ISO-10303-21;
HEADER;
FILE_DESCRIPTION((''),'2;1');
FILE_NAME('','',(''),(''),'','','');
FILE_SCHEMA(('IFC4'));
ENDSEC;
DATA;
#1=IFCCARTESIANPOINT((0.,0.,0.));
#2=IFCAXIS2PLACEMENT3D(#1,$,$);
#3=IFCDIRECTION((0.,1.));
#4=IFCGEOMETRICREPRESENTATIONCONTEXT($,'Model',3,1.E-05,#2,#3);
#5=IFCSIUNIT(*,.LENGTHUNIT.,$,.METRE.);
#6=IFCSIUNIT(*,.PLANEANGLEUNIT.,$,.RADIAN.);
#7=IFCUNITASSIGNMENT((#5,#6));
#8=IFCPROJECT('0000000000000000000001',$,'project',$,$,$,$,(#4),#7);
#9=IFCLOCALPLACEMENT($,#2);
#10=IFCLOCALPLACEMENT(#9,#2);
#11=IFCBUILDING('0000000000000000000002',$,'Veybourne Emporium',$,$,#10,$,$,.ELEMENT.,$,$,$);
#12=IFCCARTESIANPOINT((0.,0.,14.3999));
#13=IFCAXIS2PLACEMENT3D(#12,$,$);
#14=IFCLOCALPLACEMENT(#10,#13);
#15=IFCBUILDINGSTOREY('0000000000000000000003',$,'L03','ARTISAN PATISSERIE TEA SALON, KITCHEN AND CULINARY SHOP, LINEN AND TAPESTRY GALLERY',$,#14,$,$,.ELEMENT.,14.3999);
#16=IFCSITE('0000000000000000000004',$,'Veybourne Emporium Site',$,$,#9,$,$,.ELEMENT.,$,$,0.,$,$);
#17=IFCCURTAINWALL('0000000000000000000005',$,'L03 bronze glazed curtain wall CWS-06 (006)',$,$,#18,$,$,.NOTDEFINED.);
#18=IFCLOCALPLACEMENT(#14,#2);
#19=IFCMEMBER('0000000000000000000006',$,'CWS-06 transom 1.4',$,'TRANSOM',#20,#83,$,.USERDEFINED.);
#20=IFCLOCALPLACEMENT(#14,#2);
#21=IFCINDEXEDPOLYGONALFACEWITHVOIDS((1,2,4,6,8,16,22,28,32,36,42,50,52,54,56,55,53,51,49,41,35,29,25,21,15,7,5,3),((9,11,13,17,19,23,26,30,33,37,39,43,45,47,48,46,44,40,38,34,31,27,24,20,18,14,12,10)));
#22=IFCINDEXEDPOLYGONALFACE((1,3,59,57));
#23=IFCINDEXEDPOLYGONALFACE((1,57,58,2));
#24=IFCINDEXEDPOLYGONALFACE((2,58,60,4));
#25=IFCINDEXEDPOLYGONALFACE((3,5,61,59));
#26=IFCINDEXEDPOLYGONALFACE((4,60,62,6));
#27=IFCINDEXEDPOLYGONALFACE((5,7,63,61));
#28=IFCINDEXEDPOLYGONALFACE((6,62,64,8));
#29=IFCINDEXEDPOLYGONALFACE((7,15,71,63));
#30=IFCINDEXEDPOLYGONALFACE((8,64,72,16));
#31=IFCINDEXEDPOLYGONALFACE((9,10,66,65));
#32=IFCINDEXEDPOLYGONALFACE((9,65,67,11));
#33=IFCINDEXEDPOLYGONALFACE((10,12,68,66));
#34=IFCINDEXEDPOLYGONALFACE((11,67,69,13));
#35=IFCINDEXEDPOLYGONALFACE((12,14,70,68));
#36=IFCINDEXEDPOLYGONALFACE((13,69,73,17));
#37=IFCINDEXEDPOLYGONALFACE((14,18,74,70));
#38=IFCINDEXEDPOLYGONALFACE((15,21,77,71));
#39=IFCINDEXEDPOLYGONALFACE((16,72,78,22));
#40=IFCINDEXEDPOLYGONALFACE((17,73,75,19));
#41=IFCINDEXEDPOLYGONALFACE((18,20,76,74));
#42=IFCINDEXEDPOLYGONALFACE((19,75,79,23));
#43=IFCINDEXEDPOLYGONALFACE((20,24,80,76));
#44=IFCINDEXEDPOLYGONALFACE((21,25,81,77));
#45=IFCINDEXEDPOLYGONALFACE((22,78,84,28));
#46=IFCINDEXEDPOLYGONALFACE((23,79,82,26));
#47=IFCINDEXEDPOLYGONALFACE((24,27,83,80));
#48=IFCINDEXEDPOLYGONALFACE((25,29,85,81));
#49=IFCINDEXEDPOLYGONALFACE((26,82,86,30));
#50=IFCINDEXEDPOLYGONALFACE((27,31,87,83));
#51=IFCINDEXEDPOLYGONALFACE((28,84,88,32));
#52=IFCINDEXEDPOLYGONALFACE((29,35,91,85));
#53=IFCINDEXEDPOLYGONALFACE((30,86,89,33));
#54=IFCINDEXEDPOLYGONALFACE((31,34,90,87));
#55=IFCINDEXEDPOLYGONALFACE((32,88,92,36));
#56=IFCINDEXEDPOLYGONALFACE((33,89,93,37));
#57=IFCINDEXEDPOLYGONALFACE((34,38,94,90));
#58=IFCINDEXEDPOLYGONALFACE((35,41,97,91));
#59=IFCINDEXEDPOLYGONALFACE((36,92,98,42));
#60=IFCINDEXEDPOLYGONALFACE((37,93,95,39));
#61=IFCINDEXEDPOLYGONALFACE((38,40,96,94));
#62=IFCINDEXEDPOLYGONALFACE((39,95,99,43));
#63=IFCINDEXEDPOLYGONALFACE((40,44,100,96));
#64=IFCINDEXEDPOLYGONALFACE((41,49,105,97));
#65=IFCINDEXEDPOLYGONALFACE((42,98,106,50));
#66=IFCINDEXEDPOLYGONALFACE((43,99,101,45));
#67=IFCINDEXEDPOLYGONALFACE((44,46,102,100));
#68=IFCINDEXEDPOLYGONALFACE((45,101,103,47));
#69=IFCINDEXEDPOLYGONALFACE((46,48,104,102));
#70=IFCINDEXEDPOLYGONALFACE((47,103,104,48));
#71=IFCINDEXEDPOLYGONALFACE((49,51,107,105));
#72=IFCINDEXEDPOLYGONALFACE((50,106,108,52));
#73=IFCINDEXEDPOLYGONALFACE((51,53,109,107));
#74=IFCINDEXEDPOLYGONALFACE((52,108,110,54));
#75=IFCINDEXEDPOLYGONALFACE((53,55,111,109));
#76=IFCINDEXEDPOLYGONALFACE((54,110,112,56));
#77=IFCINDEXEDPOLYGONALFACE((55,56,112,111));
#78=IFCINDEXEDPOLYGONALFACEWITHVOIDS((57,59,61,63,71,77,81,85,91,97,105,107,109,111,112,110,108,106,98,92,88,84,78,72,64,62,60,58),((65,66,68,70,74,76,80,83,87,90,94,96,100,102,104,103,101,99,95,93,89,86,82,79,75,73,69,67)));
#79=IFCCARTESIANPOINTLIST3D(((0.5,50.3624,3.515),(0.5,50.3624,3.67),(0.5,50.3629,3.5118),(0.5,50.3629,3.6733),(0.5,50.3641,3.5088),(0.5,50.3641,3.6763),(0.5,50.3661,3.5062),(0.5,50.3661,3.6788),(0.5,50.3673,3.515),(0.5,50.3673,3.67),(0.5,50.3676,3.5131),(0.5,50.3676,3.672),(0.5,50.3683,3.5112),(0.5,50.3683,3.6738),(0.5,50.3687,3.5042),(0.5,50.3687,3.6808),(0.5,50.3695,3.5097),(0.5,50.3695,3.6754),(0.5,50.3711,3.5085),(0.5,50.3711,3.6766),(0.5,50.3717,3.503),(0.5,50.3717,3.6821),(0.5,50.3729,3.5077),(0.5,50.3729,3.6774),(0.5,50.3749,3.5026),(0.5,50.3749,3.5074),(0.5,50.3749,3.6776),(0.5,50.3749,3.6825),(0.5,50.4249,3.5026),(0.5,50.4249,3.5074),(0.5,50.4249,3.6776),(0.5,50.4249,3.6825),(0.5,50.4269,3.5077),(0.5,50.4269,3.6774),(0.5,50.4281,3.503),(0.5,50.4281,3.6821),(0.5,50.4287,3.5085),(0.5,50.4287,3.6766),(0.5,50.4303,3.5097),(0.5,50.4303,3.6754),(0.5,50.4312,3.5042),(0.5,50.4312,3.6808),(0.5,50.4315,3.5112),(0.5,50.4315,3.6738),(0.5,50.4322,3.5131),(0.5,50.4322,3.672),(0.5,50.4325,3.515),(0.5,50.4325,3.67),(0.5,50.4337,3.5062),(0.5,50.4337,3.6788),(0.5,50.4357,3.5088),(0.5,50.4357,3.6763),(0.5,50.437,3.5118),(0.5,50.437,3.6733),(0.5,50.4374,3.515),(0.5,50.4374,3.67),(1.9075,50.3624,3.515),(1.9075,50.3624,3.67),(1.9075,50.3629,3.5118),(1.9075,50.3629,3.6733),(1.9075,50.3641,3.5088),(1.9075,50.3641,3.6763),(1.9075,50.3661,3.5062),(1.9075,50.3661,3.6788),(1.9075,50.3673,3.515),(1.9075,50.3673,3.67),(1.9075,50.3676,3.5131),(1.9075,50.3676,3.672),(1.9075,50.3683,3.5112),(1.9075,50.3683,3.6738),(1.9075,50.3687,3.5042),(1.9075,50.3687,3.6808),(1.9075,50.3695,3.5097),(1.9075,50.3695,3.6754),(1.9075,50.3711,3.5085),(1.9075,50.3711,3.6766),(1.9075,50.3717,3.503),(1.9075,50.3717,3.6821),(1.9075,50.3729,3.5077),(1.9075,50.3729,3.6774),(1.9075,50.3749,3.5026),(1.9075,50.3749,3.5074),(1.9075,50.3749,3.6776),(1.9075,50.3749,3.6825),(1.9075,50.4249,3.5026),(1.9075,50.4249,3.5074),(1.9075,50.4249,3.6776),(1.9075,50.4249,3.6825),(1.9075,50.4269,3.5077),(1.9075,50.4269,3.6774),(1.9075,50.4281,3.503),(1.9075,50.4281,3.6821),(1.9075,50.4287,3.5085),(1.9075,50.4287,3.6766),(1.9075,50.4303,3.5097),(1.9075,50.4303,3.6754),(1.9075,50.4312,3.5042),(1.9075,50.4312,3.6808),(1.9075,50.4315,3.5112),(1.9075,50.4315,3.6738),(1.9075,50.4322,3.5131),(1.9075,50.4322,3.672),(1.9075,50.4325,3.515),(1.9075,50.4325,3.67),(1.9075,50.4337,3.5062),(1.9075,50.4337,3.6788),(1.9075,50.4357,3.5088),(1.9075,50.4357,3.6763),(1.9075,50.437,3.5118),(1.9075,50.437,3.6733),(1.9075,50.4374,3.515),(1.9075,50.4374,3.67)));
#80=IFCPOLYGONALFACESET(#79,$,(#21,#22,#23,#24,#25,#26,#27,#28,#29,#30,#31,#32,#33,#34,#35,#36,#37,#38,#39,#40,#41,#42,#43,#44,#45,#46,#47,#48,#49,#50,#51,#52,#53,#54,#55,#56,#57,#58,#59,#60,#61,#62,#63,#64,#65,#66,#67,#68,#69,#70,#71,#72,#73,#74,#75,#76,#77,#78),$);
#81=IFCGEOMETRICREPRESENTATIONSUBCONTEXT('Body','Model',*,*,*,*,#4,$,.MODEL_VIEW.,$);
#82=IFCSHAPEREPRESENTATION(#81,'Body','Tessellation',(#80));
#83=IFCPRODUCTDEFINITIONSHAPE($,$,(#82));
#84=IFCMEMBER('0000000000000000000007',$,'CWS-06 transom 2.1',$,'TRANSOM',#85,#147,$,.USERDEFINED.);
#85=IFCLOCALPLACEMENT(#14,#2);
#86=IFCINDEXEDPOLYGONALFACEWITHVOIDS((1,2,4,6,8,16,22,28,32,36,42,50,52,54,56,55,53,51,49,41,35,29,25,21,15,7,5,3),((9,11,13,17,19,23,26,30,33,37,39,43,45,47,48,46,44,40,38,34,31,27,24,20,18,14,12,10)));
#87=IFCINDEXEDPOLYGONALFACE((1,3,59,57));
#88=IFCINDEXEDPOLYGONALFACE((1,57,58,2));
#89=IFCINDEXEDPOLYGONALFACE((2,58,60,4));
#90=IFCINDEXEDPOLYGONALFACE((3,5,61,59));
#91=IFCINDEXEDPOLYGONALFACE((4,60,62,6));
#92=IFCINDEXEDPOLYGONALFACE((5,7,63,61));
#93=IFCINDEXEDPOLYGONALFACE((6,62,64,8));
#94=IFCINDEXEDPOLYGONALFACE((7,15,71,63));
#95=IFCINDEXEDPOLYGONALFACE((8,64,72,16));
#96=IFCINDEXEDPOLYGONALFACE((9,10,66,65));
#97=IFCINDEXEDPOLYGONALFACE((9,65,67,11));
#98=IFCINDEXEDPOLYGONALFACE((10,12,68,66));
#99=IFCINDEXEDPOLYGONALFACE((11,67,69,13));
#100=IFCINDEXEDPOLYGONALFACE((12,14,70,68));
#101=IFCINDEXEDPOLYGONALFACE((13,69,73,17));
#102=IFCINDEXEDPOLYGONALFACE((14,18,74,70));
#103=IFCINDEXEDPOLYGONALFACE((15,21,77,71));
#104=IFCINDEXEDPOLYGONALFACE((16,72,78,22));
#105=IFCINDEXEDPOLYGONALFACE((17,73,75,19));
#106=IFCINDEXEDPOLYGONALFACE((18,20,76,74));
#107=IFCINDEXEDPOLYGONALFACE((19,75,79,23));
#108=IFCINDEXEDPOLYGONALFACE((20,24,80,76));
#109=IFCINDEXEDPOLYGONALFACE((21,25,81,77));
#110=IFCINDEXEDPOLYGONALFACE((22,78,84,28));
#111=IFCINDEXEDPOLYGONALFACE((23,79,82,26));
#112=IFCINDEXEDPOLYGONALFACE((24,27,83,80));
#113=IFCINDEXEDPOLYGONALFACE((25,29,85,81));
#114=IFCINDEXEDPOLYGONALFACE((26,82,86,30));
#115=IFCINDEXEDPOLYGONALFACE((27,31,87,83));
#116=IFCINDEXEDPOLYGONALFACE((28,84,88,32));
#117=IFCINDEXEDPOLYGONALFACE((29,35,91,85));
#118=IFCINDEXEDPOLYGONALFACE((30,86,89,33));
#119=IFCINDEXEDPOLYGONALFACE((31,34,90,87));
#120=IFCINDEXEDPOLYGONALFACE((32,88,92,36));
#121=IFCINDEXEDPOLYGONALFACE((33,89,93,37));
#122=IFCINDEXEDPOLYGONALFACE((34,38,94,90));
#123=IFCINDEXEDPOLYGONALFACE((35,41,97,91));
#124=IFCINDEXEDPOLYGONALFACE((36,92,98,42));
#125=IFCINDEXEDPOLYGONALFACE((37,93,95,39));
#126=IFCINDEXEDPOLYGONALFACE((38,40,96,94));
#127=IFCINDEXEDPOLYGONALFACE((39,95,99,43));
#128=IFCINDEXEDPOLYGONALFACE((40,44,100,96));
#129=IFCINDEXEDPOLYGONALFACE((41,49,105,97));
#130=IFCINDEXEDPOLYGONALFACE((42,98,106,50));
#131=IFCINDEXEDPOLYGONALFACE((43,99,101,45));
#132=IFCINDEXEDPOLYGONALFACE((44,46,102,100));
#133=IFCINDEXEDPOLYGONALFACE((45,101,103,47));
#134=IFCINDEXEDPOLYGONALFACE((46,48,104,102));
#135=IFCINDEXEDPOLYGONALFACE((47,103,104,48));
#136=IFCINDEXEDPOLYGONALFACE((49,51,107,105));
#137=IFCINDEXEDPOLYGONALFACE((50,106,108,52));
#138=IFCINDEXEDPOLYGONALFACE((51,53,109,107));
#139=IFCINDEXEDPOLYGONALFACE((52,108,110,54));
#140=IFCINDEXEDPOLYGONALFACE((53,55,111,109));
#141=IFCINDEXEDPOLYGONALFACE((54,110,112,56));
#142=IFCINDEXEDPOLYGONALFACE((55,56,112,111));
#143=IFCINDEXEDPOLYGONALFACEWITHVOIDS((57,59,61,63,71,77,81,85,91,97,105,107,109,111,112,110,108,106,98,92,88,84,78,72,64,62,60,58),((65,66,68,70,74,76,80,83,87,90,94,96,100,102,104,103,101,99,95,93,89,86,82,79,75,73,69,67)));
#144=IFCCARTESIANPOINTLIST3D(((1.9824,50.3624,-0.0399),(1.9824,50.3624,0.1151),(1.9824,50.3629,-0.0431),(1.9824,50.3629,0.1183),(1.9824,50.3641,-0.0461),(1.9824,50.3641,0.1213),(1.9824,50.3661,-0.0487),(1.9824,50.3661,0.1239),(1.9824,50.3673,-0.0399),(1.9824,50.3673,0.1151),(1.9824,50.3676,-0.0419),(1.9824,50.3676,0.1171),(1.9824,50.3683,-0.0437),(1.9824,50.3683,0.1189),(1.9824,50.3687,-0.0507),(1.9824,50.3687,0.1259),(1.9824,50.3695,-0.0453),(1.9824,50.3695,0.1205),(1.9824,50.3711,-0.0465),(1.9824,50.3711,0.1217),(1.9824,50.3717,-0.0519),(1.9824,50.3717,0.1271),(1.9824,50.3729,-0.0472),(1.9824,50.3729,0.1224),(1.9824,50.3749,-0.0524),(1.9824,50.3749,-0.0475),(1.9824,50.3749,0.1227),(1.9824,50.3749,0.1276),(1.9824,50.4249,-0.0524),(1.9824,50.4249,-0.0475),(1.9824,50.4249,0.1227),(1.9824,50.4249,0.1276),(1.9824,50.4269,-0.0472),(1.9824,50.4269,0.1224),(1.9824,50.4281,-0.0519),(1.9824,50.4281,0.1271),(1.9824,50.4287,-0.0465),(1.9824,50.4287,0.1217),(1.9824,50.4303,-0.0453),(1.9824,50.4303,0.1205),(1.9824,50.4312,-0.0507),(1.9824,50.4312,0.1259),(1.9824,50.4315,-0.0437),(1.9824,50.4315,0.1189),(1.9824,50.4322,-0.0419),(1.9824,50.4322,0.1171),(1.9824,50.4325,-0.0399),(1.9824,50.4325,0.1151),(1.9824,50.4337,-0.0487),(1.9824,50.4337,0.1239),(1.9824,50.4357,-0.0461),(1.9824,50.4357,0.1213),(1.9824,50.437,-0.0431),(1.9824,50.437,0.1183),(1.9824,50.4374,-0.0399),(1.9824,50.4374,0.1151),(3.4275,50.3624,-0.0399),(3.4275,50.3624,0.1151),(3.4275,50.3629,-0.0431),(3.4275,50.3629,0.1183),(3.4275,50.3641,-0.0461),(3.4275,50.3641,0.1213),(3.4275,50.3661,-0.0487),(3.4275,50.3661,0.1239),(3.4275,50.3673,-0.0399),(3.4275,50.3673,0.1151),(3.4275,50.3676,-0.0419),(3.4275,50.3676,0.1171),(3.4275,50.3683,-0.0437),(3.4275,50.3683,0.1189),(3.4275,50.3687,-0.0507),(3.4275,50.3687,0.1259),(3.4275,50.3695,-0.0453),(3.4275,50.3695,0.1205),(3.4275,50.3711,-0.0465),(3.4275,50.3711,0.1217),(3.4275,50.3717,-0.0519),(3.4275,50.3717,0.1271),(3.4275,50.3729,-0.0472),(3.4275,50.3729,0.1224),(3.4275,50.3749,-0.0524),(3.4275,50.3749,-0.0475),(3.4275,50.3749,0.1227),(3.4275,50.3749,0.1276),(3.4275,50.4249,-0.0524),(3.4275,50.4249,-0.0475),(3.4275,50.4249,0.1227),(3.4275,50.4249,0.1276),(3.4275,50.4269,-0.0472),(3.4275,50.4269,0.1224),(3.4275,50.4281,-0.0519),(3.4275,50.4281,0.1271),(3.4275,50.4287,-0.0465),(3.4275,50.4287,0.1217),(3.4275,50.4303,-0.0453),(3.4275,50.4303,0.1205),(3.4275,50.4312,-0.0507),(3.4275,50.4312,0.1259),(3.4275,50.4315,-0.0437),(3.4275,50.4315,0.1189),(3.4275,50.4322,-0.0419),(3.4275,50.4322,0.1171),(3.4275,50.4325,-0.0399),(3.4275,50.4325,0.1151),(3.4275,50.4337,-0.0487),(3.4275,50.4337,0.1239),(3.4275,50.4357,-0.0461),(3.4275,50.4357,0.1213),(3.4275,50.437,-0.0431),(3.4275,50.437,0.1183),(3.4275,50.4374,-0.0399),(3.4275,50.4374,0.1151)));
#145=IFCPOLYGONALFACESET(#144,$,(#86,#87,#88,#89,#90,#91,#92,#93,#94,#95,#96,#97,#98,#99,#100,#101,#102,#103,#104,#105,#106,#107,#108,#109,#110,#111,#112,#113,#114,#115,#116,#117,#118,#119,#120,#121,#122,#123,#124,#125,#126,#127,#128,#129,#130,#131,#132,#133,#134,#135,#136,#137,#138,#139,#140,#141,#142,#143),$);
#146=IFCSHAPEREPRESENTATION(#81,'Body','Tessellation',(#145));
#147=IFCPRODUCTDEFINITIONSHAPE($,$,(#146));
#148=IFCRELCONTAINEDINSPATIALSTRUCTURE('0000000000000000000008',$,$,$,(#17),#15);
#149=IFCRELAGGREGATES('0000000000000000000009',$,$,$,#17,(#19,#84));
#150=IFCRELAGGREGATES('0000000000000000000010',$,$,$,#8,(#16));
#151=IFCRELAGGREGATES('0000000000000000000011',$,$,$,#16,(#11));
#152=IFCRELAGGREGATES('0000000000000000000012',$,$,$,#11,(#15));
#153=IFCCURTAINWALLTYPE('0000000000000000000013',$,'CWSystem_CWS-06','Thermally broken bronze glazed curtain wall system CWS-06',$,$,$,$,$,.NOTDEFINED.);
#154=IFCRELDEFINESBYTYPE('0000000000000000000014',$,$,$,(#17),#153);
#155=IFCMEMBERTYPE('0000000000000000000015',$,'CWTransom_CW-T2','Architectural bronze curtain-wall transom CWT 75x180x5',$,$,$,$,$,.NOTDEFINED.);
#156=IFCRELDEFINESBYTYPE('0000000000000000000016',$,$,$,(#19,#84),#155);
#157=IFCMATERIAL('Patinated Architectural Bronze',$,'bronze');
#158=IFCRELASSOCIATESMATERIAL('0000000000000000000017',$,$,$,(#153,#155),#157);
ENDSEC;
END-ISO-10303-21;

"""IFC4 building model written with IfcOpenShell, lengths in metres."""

from ifc_helpers import new_model, si_unit, direction, frame, origin, origin_2d, place, context, subcontext, project, spatial, hollow_rectangle, extrude, material, material_profile, profile_set, type_object, element, aggregate, save


model = new_model("IFC4")

# Units and contexts
model_context = context("Model", 3, precision=1e-05, world=origin(), true_north=direction((0.0, 1.0)))
body_context = subcontext(model_context, "Body", "Model", "MODEL_VIEW")
ifc_project = project(units=[si_unit("LENGTHUNIT", "METRE"), si_unit("PLANEANGLEUNIT", "RADIAN")], contexts=[model_context])

# Site, building, storey
site_placement = place(None, origin())
site = spatial("IfcSite", under=ifc_project, at=site_placement, Name="Veybourne Emporium Site", CompositionType="ELEMENT", RefElevation=0.0)
building_placement = place(site_placement, origin())
building = spatial("IfcBuilding", under=site, at=building_placement, Name="Veybourne Emporium", CompositionType="ELEMENT")
storey_placement = place(building_placement, frame((0.0, 0.0, 14.3999)))
storey = spatial("IfcBuildingStorey", under=building, at=storey_placement, Name="L03", Description="ARTISAN PATISSERIE TEA SALON, KITCHEN AND CULINARY SHOP, LINEN AND TAPESTRY GALLERY", CompositionType="ELEMENT", Elevation=14.3999)

# Curtain wall, members
ifc_material_1 = material(Name="Patinated Architectural Bronze", Category="bronze")
curtain_wall_type = type_object("IfcCurtainWallType", Name="CWSystem_CWS-06", Description="Thermally broken bronze glazed curtain wall system CWS-06", PredefinedType="NOTDEFINED", material=ifc_material_1)
curtain_wall_placement = place(storey_placement, origin())
curtain_wall = element("IfcCurtainWall", 1, at=curtain_wall_placement, inside=storey, type_object=curtain_wall_type, Name="L03 bronze glazed curtain wall CWS-06 (006)", PredefinedType="NOTDEFINED")
ifc_material_profile_1 = material_profile(ifc_material_1, hollow_rectangle(XDim=0.075, YDim=0.1799, WallThickness=0.0049, InnerFilletRadius=0.0076, OuterFilletRadius=0.0125, at=origin_2d()), Name="CWT 75x180x5")
ifc_profile_set_1 = profile_set([ifc_material_profile_1], Name="Patinated Architectural Bronze")
member_type_1 = type_object("IfcMemberType", Name="CWTransom_CW-T2", Description="Architectural bronze curtain-wall transom CWT 75x180x5", PredefinedType="NOTDEFINED", material=ifc_profile_set_1)
member_1_placement = place(storey_placement, frame((0.5, 50.3999, 3.5925), z_axis=(1.0, 0.0, 0.0), x_axis=(0.0, 1.0, 0.0)))
member_1 = element("IfcMember", 2, at=member_1_placement, type_object=member_type_1, Name="CWS-06 transom 1.4", ObjectType="TRANSOM", PredefinedType="USERDEFINED", context=body_context, shape_type="SweptSolid", body=[
    extrude(hollow_rectangle(XDim=0.075, YDim=0.1799, WallThickness=0.0049, InnerFilletRadius=0.0076, OuterFilletRadius=0.0125, at=origin_2d()), origin(), (0.0, 0.0, 1.0), 1.4075),
])
member_2_placement = place(storey_placement, frame((1.9824, 50.3999, 0.0376), z_axis=(1.0, 0.0, 0.0), x_axis=(0.0, 1.0, 0.0)))
member_2 = element("IfcMember", 3, at=member_2_placement, type_object=member_type_1, Name="CWS-06 transom 2.1", ObjectType="TRANSOM", PredefinedType="USERDEFINED", context=body_context, shape_type="SweptSolid", body=[
    extrude(hollow_rectangle(XDim=0.075, YDim=0.1799, WallThickness=0.0049, InnerFilletRadius=0.0076, OuterFilletRadius=0.0125, at=origin_2d()), origin(), (0.0, 0.0, 1.0), 1.4451),
])
aggregate(curtain_wall, [member_1, member_2])

save(model, "model.ifc")
